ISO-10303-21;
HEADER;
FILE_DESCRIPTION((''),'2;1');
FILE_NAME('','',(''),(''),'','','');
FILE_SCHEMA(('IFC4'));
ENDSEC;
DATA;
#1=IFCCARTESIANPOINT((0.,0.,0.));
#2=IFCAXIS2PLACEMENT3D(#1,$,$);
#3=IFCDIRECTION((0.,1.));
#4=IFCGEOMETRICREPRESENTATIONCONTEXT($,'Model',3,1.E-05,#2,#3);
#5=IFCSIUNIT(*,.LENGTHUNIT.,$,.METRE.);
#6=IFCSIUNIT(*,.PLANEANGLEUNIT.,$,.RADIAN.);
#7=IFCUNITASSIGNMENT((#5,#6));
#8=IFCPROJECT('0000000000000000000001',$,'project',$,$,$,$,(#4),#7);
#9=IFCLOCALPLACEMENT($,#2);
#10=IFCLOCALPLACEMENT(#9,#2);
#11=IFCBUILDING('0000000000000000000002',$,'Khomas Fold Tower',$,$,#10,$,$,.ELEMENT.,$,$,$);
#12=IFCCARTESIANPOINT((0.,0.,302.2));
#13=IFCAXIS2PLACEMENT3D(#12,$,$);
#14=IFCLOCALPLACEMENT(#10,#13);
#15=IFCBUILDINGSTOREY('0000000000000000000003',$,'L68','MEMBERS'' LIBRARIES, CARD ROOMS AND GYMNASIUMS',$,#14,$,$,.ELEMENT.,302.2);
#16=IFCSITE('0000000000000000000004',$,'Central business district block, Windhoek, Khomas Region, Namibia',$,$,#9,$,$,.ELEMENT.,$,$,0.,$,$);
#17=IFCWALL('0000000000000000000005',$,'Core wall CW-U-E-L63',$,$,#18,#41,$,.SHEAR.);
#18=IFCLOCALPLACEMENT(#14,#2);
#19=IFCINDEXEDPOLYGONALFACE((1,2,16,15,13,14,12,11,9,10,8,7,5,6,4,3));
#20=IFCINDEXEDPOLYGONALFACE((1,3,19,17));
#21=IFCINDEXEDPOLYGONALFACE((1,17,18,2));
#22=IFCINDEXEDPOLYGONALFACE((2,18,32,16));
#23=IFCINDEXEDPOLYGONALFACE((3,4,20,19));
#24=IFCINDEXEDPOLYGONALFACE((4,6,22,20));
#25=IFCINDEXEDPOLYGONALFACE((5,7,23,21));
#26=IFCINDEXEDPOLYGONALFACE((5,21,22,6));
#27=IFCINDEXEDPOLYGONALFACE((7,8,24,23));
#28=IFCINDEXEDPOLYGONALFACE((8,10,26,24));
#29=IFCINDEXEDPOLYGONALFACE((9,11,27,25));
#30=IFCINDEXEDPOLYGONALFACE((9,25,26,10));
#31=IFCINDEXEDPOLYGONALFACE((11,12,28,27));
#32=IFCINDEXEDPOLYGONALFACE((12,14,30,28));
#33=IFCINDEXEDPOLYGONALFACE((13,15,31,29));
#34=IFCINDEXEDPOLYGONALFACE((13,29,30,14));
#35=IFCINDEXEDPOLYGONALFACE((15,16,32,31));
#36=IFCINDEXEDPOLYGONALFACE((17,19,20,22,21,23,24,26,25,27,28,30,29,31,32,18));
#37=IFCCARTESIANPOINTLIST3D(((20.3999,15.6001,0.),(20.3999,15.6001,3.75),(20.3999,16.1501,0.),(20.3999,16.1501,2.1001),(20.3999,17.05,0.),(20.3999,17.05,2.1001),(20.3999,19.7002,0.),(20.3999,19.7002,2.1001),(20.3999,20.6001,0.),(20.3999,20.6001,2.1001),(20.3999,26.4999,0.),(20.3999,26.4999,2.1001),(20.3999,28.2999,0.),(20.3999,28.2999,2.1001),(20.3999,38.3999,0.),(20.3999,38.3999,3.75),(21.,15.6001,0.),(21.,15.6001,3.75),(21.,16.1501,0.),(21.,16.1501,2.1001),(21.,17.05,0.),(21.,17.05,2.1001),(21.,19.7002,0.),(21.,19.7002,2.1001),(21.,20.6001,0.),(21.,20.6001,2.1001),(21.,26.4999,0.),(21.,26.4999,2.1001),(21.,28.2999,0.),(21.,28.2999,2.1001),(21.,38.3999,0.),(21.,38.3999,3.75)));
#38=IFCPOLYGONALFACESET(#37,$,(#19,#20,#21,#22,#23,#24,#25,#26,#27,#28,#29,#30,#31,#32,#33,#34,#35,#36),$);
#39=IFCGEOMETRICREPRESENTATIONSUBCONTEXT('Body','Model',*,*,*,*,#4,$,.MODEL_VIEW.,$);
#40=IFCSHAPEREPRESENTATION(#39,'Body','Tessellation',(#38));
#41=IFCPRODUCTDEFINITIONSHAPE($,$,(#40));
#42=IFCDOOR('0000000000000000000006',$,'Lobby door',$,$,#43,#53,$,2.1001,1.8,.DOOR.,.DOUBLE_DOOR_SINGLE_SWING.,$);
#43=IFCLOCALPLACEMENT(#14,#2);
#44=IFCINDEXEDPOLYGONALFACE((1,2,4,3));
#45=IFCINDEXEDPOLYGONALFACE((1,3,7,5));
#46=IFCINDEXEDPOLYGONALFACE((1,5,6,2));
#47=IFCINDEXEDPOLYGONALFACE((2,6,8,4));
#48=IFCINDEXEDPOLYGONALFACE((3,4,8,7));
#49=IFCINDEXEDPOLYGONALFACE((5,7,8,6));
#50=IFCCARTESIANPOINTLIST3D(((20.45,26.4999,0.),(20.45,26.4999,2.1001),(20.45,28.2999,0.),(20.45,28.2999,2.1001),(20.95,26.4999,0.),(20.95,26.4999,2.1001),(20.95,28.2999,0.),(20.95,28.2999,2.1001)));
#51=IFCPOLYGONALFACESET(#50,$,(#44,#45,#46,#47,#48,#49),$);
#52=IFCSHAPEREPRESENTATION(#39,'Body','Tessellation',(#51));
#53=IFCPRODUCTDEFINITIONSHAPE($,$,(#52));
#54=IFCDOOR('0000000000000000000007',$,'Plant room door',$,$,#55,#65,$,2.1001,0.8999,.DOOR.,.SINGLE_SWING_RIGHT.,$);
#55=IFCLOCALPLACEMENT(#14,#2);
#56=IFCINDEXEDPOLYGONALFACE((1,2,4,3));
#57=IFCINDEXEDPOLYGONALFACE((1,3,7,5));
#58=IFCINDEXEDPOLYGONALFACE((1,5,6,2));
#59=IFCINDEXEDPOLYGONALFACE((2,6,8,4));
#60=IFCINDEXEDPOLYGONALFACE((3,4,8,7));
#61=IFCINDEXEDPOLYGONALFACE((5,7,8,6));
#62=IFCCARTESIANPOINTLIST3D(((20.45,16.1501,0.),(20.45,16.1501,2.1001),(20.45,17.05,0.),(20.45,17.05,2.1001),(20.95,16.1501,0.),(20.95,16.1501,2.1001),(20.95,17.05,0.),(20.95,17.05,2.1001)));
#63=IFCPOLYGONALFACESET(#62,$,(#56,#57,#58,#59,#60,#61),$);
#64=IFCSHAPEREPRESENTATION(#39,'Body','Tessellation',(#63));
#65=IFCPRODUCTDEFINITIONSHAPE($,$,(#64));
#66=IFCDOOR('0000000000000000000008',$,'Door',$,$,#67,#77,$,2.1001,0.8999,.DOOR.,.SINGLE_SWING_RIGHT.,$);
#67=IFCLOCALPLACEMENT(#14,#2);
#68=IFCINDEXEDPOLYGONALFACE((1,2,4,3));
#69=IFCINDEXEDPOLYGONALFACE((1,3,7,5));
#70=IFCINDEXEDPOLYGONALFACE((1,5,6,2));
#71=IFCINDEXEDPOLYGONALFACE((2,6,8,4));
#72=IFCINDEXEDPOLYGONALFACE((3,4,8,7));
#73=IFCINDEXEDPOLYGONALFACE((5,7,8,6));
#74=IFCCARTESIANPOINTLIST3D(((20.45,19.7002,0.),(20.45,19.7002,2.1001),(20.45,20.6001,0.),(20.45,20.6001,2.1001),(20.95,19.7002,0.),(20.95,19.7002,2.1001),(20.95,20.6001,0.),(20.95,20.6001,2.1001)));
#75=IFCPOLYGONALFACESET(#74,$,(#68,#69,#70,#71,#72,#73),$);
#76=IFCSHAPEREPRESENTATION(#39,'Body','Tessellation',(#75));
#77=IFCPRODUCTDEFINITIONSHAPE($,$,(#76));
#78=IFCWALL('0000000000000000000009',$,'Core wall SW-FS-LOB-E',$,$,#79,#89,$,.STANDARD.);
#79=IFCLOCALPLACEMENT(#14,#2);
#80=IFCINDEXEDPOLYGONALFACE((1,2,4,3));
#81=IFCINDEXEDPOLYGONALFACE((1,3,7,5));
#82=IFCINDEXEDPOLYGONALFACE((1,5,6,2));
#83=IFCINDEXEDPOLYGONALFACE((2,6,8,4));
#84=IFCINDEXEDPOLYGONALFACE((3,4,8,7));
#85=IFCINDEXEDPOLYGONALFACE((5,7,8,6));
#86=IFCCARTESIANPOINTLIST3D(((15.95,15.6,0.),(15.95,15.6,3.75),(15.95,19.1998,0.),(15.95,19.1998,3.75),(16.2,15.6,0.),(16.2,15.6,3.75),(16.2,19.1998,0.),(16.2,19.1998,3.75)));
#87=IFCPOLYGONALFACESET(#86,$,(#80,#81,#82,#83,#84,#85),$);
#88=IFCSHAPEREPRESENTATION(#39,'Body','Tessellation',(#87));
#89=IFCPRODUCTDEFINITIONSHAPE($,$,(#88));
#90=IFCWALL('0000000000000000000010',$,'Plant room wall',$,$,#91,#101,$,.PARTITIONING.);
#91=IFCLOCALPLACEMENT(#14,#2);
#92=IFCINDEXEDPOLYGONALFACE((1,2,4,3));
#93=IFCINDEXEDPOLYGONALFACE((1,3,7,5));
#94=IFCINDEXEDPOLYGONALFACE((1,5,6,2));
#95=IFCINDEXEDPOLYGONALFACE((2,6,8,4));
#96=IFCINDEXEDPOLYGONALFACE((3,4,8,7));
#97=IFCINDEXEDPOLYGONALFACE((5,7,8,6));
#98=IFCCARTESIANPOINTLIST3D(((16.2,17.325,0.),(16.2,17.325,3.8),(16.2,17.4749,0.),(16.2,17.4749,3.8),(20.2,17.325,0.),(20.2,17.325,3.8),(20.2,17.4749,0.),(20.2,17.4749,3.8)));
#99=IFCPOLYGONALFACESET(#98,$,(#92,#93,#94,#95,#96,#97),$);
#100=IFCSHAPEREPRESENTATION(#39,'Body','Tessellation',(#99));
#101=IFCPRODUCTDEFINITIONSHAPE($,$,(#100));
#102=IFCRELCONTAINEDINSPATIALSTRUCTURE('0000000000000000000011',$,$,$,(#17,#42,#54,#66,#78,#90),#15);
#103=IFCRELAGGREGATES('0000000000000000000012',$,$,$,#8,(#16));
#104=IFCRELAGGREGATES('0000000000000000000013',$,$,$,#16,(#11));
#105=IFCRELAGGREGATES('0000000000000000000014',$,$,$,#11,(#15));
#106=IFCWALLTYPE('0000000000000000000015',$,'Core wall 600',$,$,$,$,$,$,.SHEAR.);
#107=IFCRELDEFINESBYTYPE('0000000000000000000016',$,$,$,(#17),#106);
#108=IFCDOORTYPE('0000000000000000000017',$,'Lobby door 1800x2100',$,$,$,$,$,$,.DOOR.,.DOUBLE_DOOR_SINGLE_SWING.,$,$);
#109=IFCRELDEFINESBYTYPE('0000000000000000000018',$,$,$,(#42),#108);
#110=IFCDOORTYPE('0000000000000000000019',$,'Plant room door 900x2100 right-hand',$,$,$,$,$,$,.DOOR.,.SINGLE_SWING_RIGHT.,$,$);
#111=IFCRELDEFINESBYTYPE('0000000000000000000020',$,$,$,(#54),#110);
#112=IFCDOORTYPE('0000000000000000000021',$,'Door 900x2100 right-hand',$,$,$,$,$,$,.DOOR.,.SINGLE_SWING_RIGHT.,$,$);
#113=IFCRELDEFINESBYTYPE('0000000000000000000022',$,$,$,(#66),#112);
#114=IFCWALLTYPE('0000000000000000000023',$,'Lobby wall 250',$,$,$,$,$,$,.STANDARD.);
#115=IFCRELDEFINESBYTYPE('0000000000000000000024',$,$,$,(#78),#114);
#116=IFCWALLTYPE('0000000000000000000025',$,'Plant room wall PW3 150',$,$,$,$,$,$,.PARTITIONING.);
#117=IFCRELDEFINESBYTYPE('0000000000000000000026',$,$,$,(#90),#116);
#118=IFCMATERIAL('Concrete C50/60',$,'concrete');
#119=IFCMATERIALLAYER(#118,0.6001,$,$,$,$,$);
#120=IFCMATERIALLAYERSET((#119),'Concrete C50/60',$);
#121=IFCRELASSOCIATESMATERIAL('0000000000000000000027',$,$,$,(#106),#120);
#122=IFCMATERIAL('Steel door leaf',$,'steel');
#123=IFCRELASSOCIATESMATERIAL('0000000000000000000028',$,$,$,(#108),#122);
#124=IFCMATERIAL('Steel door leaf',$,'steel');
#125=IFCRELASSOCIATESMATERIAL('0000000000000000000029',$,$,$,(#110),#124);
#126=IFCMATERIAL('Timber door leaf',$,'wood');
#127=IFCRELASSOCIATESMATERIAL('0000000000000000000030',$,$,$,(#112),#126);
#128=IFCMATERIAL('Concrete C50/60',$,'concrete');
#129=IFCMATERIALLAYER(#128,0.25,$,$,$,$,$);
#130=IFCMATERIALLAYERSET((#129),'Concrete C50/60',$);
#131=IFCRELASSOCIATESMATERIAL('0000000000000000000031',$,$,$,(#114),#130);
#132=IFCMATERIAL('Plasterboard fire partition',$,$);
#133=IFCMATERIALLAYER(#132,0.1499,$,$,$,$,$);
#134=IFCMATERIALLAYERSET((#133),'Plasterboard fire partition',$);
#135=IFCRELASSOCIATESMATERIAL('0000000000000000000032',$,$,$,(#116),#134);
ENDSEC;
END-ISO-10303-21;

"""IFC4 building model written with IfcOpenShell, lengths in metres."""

from ifc_helpers import new_model, si_unit, direction, frame, frame_2d, origin, place, context, subcontext, project, spatial, rectangle, extrude, source, transform, mapped, material, layer, layer_set, type_object, element, fill, save


model = new_model("IFC4")

# Units and contexts
model_context = context("Model", 3, precision=1e-05, world=origin(), true_north=direction((0.0, 1.0)))
body_context = subcontext(model_context, "Body", "Model", "MODEL_VIEW")
ifc_project = project(units=[si_unit("LENGTHUNIT", "METRE"), si_unit("PLANEANGLEUNIT", "RADIAN")], contexts=[model_context])

# Site, building, storey
site_placement = place(None, origin())
site = spatial("IfcSite", under=ifc_project, at=site_placement, Name="Central business district block, Windhoek, Khomas Region, Namibia", CompositionType="ELEMENT", RefElevation=0.0)
building_placement = place(site_placement, origin())
building = spatial("IfcBuilding", under=site, at=building_placement, Name="Khomas Fold Tower", CompositionType="ELEMENT")
storey_placement = place(building_placement, frame((0.0, 0.0, 302.2)))
storey = spatial("IfcBuildingStorey", under=building, at=storey_placement, Name="L68", Description="MEMBERS' LIBRARIES, CARD ROOMS AND GYMNASIUMS", CompositionType="ELEMENT", Elevation=302.2)

# Wall, openings, doors
ifc_material_1 = material(Name="Concrete C50/60", Category="concrete")
ifc_layer_1 = layer(ifc_material_1, 0.6001)
ifc_layer_set_1 = layer_set([ifc_layer_1], Name="Concrete C50/60")
wall_type_1 = type_object("IfcWallType", Name="Core wall 600", PredefinedType="SHEAR", material=ifc_layer_set_1)
shared_shape_1 = source(origin(), body_context, "Body", "SweptSolid", [
    extrude(rectangle(XDim=22.7998, YDim=0.6001, at=frame_2d((11.3999, 0.0))), origin(), (0.0, 0.0, 1.0), 3.75),
])
wall_1_placement = place(storey_placement, frame((20.7, 15.6001, 0.0), z_axis=(0.0, 0.0, 1.0), x_axis=(0.0, 1.0, 0.0)))
wall_1 = element("IfcWall", 1, at=wall_1_placement, inside=storey, type_object=wall_type_1, Name="Core wall CW-U-E-L63", PredefinedType="SHEAR", context=body_context, shape_type="MappedRepresentation", body=[
    mapped(shared_shape_1, transform((0.0, 0.0, 0.0))),
])
shared_shape_2 = source(origin(), body_context, "Body", "SweptSolid", [
    extrude(rectangle(XDim=1.8, YDim=2.1001, at=frame_2d((0.8999, 1.05))), frame((0.0, 0.3101, 0.0), z_axis=(0.0, -1.0, 0.0), x_axis=(1.0, 0.0, 0.0)), (0.0, 0.0, 1.0), 0.6201),
])
opening_1_placement = place(wall_1_placement, frame((10.8999, 0.0, 0.0)))
opening_1 = element("IfcOpeningElement", 2, at=opening_1_placement, cuts=wall_1, PredefinedType="OPENING", context=body_context, shape_type="MappedRepresentation", body=[
    mapped(shared_shape_2, transform((0.0, 0.0, 0.0))),
])
shared_shape_3 = source(origin(), body_context, "Body", "SweptSolid", [
    extrude(rectangle(XDim=0.8999, YDim=2.1001, at=frame_2d((0.45, 1.05))), frame((0.0, 0.3101, 0.0), z_axis=(0.0, -1.0, 0.0), x_axis=(1.0, 0.0, 0.0)), (0.0, 0.0, 1.0), 0.6201),
])
opening_2_placement = place(wall_1_placement, frame((0.55, 0.0, 0.0)))
opening_2 = element("IfcOpeningElement", 3, at=opening_2_placement, cuts=wall_1, PredefinedType="OPENING", context=body_context, shape_type="MappedRepresentation", body=[
    mapped(shared_shape_3, transform((0.0, 0.0, 0.0))),
])
opening_3_placement = place(wall_1_placement, frame((4.1001, 0.0, 0.0)))
opening_3 = element("IfcOpeningElement", 4, at=opening_3_placement, cuts=wall_1, PredefinedType="OPENING", context=body_context, shape_type="MappedRepresentation", body=[
    mapped(shared_shape_3, transform((0.0, 0.0, 0.0))),
])
ifc_material_2 = material(Name="Steel door leaf", Category="steel")
door_type_1 = type_object("IfcDoorType", Name="Lobby door 1800x2100", OperationType="DOUBLE_DOOR_SINGLE_SWING", PredefinedType="DOOR", material=ifc_material_2)
shared_shape_4 = source(origin(), body_context, "Body", "SweptSolid", [
    extrude(rectangle(XDim=1.8, YDim=2.1001, at=frame_2d((0.8999, 1.05))), frame((0.0, 0.25, 0.0), z_axis=(0.0, -1.0, 0.0), x_axis=(1.0, 0.0, 0.0)), (0.0, 0.0, 1.0), 0.5),
])
door_1_placement = place(opening_1_placement, origin())
door_1 = element("IfcDoor", 5, at=door_1_placement, inside=storey, type_object=door_type_1, Name="Lobby door", OperationType="DOUBLE_DOOR_SINGLE_SWING", OverallHeight=2.1001, OverallWidth=1.8, PredefinedType="DOOR", context=body_context, shape_type="MappedRepresentation", body=[
    mapped(shared_shape_4, transform((0.0, 0.0, 0.0))),
])
fill(opening_1, door_1)
ifc_material_3 = material(Name="Steel door leaf", Category="steel")
door_type_2 = type_object("IfcDoorType", Name="Plant room door 900x2100 right-hand", OperationType="SINGLE_SWING_RIGHT", PredefinedType="DOOR", material=ifc_material_3)
shared_shape_5 = source(origin(), body_context, "Body", "SweptSolid", [
    extrude(rectangle(XDim=0.8999, YDim=2.1001, at=frame_2d((0.45, 1.05))), frame((0.0, 0.25, 0.0), z_axis=(0.0, -1.0, 0.0), x_axis=(1.0, 0.0, 0.0)), (0.0, 0.0, 1.0), 0.5),
])
door_2_placement = place(opening_2_placement, origin())
door_2 = element("IfcDoor", 6, at=door_2_placement, inside=storey, type_object=door_type_2, Name="Plant room door", OperationType="SINGLE_SWING_RIGHT", OverallHeight=2.1001, OverallWidth=0.8999, PredefinedType="DOOR", context=body_context, shape_type="MappedRepresentation", body=[
    mapped(shared_shape_5, transform((0.0, 0.0, 0.0))),
])
fill(opening_2, door_2)
ifc_material_4 = material(Name="Timber door leaf", Category="wood")
door_type_3 = type_object("IfcDoorType", Name="Door 900x2100 right-hand", OperationType="SINGLE_SWING_RIGHT", PredefinedType="DOOR", material=ifc_material_4)
door_3_placement = place(opening_3_placement, origin())
door_3 = element("IfcDoor", 7, at=door_3_placement, inside=storey, type_object=door_type_3, Name="Door", OperationType="SINGLE_SWING_RIGHT", OverallHeight=2.1001, OverallWidth=0.8999, PredefinedType="DOOR", context=body_context, shape_type="MappedRepresentation", body=[
    mapped(shared_shape_5, transform((0.0, 0.0, 0.0))),
])
fill(opening_3, door_3)

# Walls
ifc_material_5 = material(Name="Concrete C50/60", Category="concrete")
ifc_layer_2 = layer(ifc_material_5, 0.25)
ifc_layer_set_2 = layer_set([ifc_layer_2], Name="Concrete C50/60")
wall_type_2 = type_object("IfcWallType", Name="Lobby wall 250", PredefinedType="STANDARD", material=ifc_layer_set_2)
shared_shape_6 = source(origin(), body_context, "Body", "SweptSolid", [
    extrude(rectangle(XDim=3.5999, YDim=0.25, at=frame_2d((1.7998, 0.0))), origin(), (0.0, 0.0, 1.0), 3.75),
])
wall_2_placement = place(storey_placement, frame((16.075, 15.6001, 0.0), z_axis=(0.0, 0.0, 1.0), x_axis=(0.0, 1.0, 0.0)))
element("IfcWall", 8, at=wall_2_placement, inside=storey, type_object=wall_type_2, Name="Core wall SW-FS-LOB-E", PredefinedType="STANDARD", context=body_context, shape_type="MappedRepresentation", body=[
    mapped(shared_shape_6, transform((0.0, 0.0, 0.0))),
])
ifc_material_6 = material(Name="Plasterboard fire partition")
ifc_layer_3 = layer(ifc_material_6, 0.1499)
ifc_layer_set_3 = layer_set([ifc_layer_3], Name="Plasterboard fire partition")
wall_type_3 = type_object("IfcWallType", Name="Plant room wall PW3 150", PredefinedType="PARTITIONING", material=ifc_layer_set_3)
shared_shape_7 = source(origin(), body_context, "Body", "SweptSolid", [
    extrude(rectangle(XDim=4.0, YDim=0.1499, at=frame_2d((2.0, 0.0))), origin(), (0.0, 0.0, 1.0), 3.8),
])
wall_3_placement = place(storey_placement, frame((16.2, 17.3999, 0.0), z_axis=(0.0, 0.0, 1.0), x_axis=(1.0, 0.0, 0.0)))
element("IfcWall", 9, at=wall_3_placement, inside=storey, type_object=wall_type_3, Name="Plant room wall", PredefinedType="PARTITIONING", context=body_context, shape_type="MappedRepresentation", body=[
    mapped(shared_shape_7, transform((0.0, 0.0, 0.0))),
])

save(model, "model.ifc")
